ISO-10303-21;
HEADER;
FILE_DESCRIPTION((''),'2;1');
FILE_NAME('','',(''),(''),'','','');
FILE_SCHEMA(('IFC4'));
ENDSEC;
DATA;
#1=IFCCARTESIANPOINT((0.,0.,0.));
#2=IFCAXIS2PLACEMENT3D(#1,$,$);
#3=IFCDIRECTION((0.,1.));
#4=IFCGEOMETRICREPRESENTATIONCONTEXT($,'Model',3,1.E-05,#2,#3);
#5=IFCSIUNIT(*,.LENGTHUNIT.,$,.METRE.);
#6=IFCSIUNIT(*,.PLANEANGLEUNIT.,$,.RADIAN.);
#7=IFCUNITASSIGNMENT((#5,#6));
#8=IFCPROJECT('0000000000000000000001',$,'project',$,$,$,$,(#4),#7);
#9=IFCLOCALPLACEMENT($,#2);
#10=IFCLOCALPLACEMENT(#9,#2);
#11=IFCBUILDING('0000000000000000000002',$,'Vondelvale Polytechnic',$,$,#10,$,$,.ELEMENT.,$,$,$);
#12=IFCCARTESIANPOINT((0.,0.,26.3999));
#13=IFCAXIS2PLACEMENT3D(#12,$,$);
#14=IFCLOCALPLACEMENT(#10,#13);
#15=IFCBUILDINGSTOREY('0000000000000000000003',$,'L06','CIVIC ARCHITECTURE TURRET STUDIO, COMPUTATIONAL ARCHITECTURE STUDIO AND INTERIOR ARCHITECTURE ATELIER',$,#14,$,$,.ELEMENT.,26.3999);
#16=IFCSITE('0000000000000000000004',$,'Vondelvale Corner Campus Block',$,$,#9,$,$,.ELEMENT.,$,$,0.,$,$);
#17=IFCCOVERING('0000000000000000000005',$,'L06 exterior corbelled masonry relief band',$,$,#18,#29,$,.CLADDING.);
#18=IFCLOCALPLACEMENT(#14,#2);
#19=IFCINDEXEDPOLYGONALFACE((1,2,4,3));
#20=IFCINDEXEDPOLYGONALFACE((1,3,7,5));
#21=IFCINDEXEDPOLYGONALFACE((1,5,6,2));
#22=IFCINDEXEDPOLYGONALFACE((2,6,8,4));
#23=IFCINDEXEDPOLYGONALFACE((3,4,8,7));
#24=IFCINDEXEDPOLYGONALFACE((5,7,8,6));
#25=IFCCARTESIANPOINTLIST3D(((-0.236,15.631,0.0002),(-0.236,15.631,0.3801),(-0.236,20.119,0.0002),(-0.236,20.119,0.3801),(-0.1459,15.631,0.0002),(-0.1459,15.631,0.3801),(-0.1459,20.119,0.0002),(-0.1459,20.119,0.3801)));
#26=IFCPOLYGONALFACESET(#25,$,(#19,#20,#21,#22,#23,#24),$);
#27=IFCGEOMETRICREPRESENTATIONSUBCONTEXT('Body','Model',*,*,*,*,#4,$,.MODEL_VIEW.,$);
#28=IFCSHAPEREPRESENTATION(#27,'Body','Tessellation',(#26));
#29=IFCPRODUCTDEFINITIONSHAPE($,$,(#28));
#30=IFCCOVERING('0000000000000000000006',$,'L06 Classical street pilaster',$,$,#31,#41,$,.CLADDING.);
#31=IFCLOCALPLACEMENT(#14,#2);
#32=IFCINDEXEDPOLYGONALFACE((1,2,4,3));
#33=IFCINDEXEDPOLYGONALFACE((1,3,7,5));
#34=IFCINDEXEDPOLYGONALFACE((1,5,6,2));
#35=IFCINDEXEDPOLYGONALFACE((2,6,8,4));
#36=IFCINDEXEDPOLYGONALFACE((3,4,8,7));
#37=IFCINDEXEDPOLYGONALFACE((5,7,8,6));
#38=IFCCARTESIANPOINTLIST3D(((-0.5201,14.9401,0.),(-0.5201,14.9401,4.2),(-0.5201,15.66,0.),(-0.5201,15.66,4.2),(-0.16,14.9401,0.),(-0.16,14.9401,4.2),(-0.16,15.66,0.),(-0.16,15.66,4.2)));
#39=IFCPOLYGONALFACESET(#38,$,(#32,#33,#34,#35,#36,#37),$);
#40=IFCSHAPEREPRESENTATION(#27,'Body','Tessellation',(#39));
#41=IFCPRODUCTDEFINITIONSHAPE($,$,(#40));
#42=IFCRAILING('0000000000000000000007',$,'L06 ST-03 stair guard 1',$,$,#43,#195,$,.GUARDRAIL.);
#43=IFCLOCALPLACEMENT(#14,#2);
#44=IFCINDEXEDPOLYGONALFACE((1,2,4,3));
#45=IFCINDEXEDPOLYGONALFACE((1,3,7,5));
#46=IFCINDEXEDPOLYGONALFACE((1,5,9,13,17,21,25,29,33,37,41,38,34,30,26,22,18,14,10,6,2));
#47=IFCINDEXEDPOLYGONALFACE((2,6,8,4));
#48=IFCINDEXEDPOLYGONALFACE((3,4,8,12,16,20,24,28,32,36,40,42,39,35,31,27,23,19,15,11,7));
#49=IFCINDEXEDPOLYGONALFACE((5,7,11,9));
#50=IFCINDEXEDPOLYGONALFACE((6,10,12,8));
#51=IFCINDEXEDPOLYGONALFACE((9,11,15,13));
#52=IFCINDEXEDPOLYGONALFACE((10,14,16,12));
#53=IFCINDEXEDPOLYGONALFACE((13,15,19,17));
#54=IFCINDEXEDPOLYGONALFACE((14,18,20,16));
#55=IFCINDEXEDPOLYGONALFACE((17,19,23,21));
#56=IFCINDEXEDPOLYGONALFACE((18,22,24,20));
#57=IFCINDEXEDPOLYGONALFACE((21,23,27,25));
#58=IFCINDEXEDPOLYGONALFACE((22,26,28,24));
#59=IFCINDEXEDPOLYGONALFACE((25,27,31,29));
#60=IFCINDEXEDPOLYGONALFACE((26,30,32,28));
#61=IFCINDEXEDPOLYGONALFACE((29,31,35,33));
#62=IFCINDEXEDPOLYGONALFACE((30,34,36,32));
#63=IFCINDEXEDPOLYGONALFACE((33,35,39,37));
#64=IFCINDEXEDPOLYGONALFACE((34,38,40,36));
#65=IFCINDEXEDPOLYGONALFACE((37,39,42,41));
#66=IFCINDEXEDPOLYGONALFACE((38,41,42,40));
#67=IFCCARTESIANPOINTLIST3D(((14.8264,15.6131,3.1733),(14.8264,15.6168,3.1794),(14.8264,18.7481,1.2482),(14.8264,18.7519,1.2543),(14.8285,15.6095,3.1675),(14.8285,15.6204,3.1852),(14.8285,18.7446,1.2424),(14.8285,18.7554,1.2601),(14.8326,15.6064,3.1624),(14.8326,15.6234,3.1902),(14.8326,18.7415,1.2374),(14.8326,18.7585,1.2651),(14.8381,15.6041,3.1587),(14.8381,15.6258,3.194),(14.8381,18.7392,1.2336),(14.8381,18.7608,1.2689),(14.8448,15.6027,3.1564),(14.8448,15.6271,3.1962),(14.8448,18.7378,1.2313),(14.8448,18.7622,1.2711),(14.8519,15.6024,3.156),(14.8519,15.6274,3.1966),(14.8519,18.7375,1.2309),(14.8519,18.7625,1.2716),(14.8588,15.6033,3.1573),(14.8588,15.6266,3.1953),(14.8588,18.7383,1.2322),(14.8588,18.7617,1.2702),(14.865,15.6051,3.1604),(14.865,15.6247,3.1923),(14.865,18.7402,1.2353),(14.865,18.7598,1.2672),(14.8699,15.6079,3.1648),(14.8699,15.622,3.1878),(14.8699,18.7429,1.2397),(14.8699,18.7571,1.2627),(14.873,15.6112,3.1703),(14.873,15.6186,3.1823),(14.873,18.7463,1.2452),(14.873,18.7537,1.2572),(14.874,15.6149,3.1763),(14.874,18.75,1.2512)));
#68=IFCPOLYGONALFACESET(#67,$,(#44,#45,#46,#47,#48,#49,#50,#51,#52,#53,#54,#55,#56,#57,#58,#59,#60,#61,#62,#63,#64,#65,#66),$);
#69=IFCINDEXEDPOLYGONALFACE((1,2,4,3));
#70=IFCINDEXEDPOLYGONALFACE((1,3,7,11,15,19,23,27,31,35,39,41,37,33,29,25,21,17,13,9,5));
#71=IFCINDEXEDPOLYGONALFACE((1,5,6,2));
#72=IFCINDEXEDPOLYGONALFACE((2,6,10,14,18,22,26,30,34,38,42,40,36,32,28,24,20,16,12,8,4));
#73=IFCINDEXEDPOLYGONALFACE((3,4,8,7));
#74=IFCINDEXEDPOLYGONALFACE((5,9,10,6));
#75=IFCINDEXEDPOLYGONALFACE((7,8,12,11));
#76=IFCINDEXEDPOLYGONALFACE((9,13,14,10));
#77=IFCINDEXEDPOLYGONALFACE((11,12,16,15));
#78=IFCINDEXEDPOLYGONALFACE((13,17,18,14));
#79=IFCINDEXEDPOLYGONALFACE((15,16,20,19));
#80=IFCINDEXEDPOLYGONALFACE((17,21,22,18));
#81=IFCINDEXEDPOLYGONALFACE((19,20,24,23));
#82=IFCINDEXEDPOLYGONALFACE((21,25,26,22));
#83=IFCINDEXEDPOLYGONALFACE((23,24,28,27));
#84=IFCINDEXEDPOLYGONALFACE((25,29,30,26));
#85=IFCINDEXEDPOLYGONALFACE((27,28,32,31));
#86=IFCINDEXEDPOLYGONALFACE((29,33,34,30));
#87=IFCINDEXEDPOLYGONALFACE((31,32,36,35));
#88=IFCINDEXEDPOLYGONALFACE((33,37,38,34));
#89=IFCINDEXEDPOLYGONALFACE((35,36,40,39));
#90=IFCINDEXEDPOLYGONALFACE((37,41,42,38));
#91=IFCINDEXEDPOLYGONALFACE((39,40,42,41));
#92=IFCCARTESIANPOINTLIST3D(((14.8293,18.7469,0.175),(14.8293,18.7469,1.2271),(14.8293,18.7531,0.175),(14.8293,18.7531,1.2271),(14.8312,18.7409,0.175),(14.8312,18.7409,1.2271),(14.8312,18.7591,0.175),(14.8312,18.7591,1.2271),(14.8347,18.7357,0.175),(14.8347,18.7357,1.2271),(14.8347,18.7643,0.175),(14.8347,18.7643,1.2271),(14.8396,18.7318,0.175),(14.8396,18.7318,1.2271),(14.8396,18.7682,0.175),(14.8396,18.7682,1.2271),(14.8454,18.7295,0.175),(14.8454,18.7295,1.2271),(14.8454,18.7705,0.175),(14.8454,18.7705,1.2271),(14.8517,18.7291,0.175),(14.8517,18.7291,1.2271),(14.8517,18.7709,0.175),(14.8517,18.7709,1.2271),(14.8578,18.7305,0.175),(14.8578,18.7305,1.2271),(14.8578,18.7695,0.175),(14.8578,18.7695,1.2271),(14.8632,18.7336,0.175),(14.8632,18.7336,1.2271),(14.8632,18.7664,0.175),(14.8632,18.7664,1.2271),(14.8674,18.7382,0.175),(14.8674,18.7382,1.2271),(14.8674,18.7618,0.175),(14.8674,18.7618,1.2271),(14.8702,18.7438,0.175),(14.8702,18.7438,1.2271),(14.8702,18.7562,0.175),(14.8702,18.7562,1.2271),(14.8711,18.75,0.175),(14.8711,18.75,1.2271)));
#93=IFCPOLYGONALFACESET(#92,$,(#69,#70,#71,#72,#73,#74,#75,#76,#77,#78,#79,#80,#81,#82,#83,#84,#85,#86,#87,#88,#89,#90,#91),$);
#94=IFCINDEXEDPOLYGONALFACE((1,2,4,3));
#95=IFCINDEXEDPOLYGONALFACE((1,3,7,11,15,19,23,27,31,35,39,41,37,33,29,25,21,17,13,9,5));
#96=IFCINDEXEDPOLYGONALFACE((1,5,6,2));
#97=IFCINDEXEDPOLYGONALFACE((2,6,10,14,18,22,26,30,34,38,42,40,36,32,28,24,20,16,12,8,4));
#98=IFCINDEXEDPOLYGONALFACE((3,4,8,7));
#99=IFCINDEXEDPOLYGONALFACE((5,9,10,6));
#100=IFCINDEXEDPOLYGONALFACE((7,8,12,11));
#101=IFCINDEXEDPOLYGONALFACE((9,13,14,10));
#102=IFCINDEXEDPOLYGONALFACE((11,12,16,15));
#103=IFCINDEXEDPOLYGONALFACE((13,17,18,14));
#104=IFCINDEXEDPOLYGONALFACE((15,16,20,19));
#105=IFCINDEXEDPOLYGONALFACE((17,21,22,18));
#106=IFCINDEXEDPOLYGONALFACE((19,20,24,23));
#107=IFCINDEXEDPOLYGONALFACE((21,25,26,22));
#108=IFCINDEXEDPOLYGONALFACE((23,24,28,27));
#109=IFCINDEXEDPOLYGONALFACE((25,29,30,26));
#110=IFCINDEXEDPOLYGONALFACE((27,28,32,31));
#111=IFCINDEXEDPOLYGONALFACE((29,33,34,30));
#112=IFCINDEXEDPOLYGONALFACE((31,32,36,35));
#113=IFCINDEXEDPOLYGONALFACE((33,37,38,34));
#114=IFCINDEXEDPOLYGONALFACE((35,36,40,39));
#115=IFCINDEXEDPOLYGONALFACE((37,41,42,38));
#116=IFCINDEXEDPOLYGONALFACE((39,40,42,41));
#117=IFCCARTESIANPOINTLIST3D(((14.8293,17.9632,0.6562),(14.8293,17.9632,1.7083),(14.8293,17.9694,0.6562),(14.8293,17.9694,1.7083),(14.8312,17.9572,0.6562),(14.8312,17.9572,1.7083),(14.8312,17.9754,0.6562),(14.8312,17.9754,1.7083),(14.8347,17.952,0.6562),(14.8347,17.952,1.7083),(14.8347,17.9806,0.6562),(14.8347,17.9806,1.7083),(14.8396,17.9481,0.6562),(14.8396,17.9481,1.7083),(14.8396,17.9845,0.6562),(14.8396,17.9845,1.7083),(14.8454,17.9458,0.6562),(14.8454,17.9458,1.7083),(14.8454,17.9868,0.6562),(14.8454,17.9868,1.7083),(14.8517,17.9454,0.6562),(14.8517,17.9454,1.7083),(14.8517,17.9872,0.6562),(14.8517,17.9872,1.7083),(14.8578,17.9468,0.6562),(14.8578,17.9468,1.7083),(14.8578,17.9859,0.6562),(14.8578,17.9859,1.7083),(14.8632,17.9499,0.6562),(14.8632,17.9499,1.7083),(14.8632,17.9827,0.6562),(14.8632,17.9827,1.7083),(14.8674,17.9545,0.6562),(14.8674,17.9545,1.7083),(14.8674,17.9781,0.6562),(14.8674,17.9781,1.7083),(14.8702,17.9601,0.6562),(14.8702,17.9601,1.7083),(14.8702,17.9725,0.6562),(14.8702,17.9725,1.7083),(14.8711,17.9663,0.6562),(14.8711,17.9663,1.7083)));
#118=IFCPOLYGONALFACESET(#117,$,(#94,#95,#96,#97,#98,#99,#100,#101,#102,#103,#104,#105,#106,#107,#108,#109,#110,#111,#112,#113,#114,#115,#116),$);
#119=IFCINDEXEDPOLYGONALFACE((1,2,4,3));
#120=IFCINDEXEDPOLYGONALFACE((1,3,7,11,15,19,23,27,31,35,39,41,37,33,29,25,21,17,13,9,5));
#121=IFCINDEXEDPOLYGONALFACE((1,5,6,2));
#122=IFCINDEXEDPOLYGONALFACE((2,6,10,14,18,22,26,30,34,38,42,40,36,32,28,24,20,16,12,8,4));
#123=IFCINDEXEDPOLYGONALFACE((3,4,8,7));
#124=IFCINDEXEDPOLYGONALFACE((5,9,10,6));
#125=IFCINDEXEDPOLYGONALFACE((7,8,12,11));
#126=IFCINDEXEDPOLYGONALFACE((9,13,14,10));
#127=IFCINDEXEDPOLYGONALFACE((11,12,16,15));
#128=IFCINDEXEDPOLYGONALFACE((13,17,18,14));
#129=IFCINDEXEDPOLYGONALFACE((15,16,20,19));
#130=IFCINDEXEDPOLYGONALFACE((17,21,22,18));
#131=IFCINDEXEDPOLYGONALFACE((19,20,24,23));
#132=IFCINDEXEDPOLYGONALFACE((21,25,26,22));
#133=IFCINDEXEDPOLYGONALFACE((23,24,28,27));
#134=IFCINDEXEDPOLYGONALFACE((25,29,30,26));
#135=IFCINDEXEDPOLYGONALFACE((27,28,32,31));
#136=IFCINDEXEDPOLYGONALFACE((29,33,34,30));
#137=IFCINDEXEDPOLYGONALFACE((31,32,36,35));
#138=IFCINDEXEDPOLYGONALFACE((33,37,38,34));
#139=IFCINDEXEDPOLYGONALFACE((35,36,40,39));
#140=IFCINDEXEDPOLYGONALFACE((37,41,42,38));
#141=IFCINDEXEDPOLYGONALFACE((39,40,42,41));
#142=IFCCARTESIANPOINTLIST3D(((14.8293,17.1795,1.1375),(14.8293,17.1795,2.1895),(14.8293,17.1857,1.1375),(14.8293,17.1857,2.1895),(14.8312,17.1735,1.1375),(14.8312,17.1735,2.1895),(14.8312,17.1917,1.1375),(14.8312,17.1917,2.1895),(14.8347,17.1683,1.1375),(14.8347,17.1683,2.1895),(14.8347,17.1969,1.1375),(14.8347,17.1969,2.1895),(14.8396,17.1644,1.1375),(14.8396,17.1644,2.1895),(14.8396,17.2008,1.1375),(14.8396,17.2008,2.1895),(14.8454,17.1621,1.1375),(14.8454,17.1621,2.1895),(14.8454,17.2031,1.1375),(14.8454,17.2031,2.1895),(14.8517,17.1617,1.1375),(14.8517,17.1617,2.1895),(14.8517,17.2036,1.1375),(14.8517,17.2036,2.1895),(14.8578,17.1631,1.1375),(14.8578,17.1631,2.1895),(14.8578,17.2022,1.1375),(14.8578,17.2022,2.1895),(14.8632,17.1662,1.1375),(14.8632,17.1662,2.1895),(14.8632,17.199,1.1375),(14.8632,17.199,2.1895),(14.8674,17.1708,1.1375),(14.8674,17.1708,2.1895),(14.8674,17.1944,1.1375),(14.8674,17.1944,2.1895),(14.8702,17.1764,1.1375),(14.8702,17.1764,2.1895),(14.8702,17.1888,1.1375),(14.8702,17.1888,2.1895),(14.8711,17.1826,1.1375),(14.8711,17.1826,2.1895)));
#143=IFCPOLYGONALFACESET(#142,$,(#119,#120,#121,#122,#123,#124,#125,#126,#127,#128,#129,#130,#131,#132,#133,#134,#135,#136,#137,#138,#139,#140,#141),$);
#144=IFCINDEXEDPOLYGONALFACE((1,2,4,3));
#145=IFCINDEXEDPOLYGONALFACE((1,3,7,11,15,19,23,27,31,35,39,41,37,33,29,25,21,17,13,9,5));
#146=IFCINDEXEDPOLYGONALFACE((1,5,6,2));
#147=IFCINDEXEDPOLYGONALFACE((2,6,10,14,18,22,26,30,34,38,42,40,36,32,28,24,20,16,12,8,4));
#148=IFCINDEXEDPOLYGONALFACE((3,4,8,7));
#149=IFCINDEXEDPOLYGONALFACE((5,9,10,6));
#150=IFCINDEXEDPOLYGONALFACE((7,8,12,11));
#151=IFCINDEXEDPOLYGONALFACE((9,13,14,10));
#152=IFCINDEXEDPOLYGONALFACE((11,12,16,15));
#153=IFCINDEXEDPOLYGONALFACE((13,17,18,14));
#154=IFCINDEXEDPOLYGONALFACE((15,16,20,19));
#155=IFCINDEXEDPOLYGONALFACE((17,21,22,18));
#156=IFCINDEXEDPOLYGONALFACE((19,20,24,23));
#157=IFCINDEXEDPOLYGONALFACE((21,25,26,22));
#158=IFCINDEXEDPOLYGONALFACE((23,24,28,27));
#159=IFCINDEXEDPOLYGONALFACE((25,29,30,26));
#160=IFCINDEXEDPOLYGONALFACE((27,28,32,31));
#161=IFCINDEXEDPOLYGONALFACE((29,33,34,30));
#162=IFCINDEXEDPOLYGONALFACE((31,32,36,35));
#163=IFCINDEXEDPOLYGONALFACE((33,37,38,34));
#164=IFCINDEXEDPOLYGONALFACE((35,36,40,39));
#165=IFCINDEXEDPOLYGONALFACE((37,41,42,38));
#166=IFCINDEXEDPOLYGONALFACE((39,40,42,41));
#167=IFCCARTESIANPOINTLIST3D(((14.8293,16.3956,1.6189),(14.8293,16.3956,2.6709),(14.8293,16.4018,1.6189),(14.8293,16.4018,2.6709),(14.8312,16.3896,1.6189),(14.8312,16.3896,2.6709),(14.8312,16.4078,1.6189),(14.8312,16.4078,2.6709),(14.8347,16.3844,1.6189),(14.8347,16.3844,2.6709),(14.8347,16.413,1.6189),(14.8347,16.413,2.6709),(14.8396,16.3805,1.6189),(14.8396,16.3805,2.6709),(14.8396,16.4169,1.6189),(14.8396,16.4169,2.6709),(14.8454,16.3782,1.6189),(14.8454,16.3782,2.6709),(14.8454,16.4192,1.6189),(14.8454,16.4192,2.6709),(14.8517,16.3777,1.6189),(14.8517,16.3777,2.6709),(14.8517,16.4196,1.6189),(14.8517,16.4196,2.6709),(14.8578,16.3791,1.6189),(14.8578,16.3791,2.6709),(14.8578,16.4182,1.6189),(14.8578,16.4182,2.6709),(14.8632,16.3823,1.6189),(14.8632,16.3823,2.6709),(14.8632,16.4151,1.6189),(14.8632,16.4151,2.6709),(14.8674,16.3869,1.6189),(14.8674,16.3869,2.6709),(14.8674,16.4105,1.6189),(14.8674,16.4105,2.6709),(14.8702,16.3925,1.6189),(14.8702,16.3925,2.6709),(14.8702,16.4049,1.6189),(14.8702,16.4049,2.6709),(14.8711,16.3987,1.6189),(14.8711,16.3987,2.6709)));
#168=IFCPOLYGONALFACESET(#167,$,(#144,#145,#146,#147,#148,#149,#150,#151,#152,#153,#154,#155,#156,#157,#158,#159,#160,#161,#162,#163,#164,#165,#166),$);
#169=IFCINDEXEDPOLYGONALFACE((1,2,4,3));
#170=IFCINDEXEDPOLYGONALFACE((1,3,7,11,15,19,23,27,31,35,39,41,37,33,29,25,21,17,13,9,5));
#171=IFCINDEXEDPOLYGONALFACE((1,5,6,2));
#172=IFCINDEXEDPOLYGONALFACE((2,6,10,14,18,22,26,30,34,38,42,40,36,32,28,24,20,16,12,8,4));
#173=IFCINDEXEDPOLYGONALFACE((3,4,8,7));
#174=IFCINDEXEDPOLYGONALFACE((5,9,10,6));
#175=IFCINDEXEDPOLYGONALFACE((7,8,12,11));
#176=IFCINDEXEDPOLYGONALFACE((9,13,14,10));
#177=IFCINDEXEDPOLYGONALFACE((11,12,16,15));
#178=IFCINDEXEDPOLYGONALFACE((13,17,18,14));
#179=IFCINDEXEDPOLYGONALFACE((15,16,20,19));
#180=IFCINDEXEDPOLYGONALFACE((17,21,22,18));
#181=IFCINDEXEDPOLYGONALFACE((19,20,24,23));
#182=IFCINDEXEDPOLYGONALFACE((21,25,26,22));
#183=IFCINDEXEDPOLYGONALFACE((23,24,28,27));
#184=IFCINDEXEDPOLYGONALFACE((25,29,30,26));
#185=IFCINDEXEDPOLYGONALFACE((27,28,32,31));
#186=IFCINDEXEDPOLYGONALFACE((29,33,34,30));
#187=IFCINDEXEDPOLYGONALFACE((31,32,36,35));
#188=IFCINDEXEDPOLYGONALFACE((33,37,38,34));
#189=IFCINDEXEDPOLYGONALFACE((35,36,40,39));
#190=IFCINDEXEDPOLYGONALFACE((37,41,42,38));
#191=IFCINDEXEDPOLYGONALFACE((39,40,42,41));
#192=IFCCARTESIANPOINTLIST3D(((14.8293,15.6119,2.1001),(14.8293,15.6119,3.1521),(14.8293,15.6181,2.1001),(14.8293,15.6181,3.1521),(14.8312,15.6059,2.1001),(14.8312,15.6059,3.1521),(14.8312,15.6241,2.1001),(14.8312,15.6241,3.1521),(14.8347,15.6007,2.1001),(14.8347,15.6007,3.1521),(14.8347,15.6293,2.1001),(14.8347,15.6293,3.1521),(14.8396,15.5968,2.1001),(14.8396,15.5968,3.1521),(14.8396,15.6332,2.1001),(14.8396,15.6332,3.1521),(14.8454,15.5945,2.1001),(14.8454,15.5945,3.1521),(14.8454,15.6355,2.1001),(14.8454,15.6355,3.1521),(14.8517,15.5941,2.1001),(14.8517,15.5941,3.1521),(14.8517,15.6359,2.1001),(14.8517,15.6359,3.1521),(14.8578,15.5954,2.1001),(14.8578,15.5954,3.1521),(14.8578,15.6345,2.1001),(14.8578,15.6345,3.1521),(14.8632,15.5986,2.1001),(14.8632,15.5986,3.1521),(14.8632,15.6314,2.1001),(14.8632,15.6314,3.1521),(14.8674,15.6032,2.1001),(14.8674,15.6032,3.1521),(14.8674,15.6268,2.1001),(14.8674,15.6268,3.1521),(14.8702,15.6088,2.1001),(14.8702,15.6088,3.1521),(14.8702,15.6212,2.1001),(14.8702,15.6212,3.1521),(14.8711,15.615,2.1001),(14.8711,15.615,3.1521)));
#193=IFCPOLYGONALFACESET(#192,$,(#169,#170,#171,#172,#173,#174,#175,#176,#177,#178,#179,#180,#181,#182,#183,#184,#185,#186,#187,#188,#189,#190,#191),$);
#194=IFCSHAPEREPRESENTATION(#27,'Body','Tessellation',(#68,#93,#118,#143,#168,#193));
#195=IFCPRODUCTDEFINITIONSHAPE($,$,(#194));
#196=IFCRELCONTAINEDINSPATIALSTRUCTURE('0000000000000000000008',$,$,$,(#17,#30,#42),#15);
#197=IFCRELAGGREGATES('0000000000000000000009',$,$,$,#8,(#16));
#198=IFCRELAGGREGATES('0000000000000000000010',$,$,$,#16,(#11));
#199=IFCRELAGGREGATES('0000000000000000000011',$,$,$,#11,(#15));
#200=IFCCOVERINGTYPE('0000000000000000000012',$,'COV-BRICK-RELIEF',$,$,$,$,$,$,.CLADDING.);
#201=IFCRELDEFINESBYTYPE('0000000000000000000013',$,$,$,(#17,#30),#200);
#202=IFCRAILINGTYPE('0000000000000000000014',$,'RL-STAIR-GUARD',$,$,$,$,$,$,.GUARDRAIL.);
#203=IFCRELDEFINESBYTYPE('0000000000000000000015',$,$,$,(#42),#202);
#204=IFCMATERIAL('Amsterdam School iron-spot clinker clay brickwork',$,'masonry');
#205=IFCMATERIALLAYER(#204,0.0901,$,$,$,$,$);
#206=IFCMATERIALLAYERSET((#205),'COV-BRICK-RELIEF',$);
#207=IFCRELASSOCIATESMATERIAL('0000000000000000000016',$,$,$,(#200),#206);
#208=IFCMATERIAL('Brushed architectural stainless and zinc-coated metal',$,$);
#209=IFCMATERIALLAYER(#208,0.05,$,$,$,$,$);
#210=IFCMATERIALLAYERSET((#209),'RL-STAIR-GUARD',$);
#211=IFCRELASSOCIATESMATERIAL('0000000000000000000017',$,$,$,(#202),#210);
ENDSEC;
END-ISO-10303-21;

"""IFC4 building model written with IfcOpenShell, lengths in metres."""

from ifc_helpers import new_model, si_unit, direction, frame, origin, origin_2d, place, context, subcontext, project, spatial, rectangle, circle, extrude, material, layer, layer_set, type_object, element, save


model = new_model("IFC4")

# Units and contexts
model_context = context("Model", 3, precision=1e-05, world=origin(), true_north=direction((0.0, 1.0)))
body_context = subcontext(model_context, "Body", "Model", "MODEL_VIEW")
ifc_project = project(units=[si_unit("LENGTHUNIT", "METRE"), si_unit("PLANEANGLEUNIT", "RADIAN")], contexts=[model_context])

# Site, building, storey
site_placement = place(None, origin())
site = spatial("IfcSite", under=ifc_project, at=site_placement, Name="Vondelvale Corner Campus Block", CompositionType="ELEMENT", RefElevation=0.0)
building_placement = place(site_placement, origin())
building = spatial("IfcBuilding", under=site, at=building_placement, Name="Vondelvale Polytechnic", CompositionType="ELEMENT")
storey_placement = place(building_placement, frame((0.0, 0.0, 26.3999)))
storey = spatial("IfcBuildingStorey", under=building, at=storey_placement, Name="L06", Description="CIVIC ARCHITECTURE TURRET STUDIO, COMPUTATIONAL ARCHITECTURE STUDIO AND INTERIOR ARCHITECTURE ATELIER", CompositionType="ELEMENT", Elevation=26.3999)

# Shared definitions
ifc_material_1 = material(Name="Amsterdam School iron-spot clinker clay brickwork", Category="masonry")

# Coverings
ifc_layer_1 = layer(ifc_material_1, 0.0901)
ifc_layer_set_1 = layer_set([ifc_layer_1], Name="COV-BRICK-RELIEF")
covering_type = type_object("IfcCoveringType", Name="COV-BRICK-RELIEF", PredefinedType="CLADDING", material=ifc_layer_set_1)
for number, where, z_axis, x_axis, name in (
    (1, (-0.1909, 17.875, 0.0002), (0.0, 0.0, 1.0), (0.0, 1.0, 0.0), "L06 exterior corbelled masonry relief band"),
):
    element("IfcCovering", number, at=place(storey_placement, frame(where, z_axis=z_axis, x_axis=x_axis)), inside=storey, type_object=covering_type, Name=name, PredefinedType="CLADDING", context=body_context, shape_type="SweptSolid", body=[
        extrude(rectangle(XDim=4.488, YDim=0.0901, at=origin_2d()), origin(), (0.0, 0.0, 1.0), 0.3799),
    ])
covering_placement = place(storey_placement, frame((-0.3401, 15.3, 0.0), z_axis=(0.0, 0.0, 1.0), x_axis=(1.0, 0.0, 0.0)))
element("IfcCovering", 2, at=covering_placement, inside=storey, type_object=covering_type, Name="L06 Classical street pilaster", PredefinedType="CLADDING", context=body_context, shape_type="SweptSolid", body=[
    extrude(rectangle(XDim=0.3601, YDim=0.72, at=origin_2d()), origin(), (0.0, 0.0, 1.0), 4.2),
])

# Railing
ifc_material_2 = material(Name="Brushed architectural stainless and zinc-coated metal")
ifc_layer_2 = layer(ifc_material_2, 0.05)
ifc_layer_set_2 = layer_set([ifc_layer_2], Name="RL-STAIR-GUARD")
railing_type_1 = type_object("IfcRailingType", Name="RL-STAIR-GUARD", PredefinedType="GUARDRAIL", material=ifc_layer_set_2)
railing_1_placement = place(storey_placement, frame((14.8501, 18.75, 0.175)))
element("IfcRailing", 3, at=railing_1_placement, inside=storey, type_object=railing_type_1, Name="L06 ST-03 stair guard 1", PredefinedType="GUARDRAIL", context=body_context, shape_type="SweptSolid", body=[
    extrude(circle(Radius=0.0239, at=origin_2d()), frame((0.0, 0.0, 1.0762), z_axis=(0.0, -0.852166, 0.523271), x_axis=(1.0, 0.0, 0.0)), (0.0, 0.0, 1.0), 3.679),
    extrude(circle(Radius=0.021, at=origin_2d()), origin(), (0.0, 0.0, 1.0), 1.052),
    extrude(circle(Radius=0.021, at=origin_2d()), frame((0.0, -0.7837, 0.4812)), (0.0, 0.0, 1.0), 1.052),
    extrude(circle(Radius=0.021, at=origin_2d()), frame((0.0, -1.5674, 0.9624)), (0.0, 0.0, 1.0), 1.052),
    extrude(circle(Radius=0.021, at=origin_2d()), frame((0.0, -2.3513, 1.4438)), (0.0, 0.0, 1.0), 1.052),
    extrude(circle(Radius=0.021, at=origin_2d()), frame((0.0, -3.135, 1.925)), (0.0, 0.0, 1.0), 1.052),
])

save(model, "model.ifc")
